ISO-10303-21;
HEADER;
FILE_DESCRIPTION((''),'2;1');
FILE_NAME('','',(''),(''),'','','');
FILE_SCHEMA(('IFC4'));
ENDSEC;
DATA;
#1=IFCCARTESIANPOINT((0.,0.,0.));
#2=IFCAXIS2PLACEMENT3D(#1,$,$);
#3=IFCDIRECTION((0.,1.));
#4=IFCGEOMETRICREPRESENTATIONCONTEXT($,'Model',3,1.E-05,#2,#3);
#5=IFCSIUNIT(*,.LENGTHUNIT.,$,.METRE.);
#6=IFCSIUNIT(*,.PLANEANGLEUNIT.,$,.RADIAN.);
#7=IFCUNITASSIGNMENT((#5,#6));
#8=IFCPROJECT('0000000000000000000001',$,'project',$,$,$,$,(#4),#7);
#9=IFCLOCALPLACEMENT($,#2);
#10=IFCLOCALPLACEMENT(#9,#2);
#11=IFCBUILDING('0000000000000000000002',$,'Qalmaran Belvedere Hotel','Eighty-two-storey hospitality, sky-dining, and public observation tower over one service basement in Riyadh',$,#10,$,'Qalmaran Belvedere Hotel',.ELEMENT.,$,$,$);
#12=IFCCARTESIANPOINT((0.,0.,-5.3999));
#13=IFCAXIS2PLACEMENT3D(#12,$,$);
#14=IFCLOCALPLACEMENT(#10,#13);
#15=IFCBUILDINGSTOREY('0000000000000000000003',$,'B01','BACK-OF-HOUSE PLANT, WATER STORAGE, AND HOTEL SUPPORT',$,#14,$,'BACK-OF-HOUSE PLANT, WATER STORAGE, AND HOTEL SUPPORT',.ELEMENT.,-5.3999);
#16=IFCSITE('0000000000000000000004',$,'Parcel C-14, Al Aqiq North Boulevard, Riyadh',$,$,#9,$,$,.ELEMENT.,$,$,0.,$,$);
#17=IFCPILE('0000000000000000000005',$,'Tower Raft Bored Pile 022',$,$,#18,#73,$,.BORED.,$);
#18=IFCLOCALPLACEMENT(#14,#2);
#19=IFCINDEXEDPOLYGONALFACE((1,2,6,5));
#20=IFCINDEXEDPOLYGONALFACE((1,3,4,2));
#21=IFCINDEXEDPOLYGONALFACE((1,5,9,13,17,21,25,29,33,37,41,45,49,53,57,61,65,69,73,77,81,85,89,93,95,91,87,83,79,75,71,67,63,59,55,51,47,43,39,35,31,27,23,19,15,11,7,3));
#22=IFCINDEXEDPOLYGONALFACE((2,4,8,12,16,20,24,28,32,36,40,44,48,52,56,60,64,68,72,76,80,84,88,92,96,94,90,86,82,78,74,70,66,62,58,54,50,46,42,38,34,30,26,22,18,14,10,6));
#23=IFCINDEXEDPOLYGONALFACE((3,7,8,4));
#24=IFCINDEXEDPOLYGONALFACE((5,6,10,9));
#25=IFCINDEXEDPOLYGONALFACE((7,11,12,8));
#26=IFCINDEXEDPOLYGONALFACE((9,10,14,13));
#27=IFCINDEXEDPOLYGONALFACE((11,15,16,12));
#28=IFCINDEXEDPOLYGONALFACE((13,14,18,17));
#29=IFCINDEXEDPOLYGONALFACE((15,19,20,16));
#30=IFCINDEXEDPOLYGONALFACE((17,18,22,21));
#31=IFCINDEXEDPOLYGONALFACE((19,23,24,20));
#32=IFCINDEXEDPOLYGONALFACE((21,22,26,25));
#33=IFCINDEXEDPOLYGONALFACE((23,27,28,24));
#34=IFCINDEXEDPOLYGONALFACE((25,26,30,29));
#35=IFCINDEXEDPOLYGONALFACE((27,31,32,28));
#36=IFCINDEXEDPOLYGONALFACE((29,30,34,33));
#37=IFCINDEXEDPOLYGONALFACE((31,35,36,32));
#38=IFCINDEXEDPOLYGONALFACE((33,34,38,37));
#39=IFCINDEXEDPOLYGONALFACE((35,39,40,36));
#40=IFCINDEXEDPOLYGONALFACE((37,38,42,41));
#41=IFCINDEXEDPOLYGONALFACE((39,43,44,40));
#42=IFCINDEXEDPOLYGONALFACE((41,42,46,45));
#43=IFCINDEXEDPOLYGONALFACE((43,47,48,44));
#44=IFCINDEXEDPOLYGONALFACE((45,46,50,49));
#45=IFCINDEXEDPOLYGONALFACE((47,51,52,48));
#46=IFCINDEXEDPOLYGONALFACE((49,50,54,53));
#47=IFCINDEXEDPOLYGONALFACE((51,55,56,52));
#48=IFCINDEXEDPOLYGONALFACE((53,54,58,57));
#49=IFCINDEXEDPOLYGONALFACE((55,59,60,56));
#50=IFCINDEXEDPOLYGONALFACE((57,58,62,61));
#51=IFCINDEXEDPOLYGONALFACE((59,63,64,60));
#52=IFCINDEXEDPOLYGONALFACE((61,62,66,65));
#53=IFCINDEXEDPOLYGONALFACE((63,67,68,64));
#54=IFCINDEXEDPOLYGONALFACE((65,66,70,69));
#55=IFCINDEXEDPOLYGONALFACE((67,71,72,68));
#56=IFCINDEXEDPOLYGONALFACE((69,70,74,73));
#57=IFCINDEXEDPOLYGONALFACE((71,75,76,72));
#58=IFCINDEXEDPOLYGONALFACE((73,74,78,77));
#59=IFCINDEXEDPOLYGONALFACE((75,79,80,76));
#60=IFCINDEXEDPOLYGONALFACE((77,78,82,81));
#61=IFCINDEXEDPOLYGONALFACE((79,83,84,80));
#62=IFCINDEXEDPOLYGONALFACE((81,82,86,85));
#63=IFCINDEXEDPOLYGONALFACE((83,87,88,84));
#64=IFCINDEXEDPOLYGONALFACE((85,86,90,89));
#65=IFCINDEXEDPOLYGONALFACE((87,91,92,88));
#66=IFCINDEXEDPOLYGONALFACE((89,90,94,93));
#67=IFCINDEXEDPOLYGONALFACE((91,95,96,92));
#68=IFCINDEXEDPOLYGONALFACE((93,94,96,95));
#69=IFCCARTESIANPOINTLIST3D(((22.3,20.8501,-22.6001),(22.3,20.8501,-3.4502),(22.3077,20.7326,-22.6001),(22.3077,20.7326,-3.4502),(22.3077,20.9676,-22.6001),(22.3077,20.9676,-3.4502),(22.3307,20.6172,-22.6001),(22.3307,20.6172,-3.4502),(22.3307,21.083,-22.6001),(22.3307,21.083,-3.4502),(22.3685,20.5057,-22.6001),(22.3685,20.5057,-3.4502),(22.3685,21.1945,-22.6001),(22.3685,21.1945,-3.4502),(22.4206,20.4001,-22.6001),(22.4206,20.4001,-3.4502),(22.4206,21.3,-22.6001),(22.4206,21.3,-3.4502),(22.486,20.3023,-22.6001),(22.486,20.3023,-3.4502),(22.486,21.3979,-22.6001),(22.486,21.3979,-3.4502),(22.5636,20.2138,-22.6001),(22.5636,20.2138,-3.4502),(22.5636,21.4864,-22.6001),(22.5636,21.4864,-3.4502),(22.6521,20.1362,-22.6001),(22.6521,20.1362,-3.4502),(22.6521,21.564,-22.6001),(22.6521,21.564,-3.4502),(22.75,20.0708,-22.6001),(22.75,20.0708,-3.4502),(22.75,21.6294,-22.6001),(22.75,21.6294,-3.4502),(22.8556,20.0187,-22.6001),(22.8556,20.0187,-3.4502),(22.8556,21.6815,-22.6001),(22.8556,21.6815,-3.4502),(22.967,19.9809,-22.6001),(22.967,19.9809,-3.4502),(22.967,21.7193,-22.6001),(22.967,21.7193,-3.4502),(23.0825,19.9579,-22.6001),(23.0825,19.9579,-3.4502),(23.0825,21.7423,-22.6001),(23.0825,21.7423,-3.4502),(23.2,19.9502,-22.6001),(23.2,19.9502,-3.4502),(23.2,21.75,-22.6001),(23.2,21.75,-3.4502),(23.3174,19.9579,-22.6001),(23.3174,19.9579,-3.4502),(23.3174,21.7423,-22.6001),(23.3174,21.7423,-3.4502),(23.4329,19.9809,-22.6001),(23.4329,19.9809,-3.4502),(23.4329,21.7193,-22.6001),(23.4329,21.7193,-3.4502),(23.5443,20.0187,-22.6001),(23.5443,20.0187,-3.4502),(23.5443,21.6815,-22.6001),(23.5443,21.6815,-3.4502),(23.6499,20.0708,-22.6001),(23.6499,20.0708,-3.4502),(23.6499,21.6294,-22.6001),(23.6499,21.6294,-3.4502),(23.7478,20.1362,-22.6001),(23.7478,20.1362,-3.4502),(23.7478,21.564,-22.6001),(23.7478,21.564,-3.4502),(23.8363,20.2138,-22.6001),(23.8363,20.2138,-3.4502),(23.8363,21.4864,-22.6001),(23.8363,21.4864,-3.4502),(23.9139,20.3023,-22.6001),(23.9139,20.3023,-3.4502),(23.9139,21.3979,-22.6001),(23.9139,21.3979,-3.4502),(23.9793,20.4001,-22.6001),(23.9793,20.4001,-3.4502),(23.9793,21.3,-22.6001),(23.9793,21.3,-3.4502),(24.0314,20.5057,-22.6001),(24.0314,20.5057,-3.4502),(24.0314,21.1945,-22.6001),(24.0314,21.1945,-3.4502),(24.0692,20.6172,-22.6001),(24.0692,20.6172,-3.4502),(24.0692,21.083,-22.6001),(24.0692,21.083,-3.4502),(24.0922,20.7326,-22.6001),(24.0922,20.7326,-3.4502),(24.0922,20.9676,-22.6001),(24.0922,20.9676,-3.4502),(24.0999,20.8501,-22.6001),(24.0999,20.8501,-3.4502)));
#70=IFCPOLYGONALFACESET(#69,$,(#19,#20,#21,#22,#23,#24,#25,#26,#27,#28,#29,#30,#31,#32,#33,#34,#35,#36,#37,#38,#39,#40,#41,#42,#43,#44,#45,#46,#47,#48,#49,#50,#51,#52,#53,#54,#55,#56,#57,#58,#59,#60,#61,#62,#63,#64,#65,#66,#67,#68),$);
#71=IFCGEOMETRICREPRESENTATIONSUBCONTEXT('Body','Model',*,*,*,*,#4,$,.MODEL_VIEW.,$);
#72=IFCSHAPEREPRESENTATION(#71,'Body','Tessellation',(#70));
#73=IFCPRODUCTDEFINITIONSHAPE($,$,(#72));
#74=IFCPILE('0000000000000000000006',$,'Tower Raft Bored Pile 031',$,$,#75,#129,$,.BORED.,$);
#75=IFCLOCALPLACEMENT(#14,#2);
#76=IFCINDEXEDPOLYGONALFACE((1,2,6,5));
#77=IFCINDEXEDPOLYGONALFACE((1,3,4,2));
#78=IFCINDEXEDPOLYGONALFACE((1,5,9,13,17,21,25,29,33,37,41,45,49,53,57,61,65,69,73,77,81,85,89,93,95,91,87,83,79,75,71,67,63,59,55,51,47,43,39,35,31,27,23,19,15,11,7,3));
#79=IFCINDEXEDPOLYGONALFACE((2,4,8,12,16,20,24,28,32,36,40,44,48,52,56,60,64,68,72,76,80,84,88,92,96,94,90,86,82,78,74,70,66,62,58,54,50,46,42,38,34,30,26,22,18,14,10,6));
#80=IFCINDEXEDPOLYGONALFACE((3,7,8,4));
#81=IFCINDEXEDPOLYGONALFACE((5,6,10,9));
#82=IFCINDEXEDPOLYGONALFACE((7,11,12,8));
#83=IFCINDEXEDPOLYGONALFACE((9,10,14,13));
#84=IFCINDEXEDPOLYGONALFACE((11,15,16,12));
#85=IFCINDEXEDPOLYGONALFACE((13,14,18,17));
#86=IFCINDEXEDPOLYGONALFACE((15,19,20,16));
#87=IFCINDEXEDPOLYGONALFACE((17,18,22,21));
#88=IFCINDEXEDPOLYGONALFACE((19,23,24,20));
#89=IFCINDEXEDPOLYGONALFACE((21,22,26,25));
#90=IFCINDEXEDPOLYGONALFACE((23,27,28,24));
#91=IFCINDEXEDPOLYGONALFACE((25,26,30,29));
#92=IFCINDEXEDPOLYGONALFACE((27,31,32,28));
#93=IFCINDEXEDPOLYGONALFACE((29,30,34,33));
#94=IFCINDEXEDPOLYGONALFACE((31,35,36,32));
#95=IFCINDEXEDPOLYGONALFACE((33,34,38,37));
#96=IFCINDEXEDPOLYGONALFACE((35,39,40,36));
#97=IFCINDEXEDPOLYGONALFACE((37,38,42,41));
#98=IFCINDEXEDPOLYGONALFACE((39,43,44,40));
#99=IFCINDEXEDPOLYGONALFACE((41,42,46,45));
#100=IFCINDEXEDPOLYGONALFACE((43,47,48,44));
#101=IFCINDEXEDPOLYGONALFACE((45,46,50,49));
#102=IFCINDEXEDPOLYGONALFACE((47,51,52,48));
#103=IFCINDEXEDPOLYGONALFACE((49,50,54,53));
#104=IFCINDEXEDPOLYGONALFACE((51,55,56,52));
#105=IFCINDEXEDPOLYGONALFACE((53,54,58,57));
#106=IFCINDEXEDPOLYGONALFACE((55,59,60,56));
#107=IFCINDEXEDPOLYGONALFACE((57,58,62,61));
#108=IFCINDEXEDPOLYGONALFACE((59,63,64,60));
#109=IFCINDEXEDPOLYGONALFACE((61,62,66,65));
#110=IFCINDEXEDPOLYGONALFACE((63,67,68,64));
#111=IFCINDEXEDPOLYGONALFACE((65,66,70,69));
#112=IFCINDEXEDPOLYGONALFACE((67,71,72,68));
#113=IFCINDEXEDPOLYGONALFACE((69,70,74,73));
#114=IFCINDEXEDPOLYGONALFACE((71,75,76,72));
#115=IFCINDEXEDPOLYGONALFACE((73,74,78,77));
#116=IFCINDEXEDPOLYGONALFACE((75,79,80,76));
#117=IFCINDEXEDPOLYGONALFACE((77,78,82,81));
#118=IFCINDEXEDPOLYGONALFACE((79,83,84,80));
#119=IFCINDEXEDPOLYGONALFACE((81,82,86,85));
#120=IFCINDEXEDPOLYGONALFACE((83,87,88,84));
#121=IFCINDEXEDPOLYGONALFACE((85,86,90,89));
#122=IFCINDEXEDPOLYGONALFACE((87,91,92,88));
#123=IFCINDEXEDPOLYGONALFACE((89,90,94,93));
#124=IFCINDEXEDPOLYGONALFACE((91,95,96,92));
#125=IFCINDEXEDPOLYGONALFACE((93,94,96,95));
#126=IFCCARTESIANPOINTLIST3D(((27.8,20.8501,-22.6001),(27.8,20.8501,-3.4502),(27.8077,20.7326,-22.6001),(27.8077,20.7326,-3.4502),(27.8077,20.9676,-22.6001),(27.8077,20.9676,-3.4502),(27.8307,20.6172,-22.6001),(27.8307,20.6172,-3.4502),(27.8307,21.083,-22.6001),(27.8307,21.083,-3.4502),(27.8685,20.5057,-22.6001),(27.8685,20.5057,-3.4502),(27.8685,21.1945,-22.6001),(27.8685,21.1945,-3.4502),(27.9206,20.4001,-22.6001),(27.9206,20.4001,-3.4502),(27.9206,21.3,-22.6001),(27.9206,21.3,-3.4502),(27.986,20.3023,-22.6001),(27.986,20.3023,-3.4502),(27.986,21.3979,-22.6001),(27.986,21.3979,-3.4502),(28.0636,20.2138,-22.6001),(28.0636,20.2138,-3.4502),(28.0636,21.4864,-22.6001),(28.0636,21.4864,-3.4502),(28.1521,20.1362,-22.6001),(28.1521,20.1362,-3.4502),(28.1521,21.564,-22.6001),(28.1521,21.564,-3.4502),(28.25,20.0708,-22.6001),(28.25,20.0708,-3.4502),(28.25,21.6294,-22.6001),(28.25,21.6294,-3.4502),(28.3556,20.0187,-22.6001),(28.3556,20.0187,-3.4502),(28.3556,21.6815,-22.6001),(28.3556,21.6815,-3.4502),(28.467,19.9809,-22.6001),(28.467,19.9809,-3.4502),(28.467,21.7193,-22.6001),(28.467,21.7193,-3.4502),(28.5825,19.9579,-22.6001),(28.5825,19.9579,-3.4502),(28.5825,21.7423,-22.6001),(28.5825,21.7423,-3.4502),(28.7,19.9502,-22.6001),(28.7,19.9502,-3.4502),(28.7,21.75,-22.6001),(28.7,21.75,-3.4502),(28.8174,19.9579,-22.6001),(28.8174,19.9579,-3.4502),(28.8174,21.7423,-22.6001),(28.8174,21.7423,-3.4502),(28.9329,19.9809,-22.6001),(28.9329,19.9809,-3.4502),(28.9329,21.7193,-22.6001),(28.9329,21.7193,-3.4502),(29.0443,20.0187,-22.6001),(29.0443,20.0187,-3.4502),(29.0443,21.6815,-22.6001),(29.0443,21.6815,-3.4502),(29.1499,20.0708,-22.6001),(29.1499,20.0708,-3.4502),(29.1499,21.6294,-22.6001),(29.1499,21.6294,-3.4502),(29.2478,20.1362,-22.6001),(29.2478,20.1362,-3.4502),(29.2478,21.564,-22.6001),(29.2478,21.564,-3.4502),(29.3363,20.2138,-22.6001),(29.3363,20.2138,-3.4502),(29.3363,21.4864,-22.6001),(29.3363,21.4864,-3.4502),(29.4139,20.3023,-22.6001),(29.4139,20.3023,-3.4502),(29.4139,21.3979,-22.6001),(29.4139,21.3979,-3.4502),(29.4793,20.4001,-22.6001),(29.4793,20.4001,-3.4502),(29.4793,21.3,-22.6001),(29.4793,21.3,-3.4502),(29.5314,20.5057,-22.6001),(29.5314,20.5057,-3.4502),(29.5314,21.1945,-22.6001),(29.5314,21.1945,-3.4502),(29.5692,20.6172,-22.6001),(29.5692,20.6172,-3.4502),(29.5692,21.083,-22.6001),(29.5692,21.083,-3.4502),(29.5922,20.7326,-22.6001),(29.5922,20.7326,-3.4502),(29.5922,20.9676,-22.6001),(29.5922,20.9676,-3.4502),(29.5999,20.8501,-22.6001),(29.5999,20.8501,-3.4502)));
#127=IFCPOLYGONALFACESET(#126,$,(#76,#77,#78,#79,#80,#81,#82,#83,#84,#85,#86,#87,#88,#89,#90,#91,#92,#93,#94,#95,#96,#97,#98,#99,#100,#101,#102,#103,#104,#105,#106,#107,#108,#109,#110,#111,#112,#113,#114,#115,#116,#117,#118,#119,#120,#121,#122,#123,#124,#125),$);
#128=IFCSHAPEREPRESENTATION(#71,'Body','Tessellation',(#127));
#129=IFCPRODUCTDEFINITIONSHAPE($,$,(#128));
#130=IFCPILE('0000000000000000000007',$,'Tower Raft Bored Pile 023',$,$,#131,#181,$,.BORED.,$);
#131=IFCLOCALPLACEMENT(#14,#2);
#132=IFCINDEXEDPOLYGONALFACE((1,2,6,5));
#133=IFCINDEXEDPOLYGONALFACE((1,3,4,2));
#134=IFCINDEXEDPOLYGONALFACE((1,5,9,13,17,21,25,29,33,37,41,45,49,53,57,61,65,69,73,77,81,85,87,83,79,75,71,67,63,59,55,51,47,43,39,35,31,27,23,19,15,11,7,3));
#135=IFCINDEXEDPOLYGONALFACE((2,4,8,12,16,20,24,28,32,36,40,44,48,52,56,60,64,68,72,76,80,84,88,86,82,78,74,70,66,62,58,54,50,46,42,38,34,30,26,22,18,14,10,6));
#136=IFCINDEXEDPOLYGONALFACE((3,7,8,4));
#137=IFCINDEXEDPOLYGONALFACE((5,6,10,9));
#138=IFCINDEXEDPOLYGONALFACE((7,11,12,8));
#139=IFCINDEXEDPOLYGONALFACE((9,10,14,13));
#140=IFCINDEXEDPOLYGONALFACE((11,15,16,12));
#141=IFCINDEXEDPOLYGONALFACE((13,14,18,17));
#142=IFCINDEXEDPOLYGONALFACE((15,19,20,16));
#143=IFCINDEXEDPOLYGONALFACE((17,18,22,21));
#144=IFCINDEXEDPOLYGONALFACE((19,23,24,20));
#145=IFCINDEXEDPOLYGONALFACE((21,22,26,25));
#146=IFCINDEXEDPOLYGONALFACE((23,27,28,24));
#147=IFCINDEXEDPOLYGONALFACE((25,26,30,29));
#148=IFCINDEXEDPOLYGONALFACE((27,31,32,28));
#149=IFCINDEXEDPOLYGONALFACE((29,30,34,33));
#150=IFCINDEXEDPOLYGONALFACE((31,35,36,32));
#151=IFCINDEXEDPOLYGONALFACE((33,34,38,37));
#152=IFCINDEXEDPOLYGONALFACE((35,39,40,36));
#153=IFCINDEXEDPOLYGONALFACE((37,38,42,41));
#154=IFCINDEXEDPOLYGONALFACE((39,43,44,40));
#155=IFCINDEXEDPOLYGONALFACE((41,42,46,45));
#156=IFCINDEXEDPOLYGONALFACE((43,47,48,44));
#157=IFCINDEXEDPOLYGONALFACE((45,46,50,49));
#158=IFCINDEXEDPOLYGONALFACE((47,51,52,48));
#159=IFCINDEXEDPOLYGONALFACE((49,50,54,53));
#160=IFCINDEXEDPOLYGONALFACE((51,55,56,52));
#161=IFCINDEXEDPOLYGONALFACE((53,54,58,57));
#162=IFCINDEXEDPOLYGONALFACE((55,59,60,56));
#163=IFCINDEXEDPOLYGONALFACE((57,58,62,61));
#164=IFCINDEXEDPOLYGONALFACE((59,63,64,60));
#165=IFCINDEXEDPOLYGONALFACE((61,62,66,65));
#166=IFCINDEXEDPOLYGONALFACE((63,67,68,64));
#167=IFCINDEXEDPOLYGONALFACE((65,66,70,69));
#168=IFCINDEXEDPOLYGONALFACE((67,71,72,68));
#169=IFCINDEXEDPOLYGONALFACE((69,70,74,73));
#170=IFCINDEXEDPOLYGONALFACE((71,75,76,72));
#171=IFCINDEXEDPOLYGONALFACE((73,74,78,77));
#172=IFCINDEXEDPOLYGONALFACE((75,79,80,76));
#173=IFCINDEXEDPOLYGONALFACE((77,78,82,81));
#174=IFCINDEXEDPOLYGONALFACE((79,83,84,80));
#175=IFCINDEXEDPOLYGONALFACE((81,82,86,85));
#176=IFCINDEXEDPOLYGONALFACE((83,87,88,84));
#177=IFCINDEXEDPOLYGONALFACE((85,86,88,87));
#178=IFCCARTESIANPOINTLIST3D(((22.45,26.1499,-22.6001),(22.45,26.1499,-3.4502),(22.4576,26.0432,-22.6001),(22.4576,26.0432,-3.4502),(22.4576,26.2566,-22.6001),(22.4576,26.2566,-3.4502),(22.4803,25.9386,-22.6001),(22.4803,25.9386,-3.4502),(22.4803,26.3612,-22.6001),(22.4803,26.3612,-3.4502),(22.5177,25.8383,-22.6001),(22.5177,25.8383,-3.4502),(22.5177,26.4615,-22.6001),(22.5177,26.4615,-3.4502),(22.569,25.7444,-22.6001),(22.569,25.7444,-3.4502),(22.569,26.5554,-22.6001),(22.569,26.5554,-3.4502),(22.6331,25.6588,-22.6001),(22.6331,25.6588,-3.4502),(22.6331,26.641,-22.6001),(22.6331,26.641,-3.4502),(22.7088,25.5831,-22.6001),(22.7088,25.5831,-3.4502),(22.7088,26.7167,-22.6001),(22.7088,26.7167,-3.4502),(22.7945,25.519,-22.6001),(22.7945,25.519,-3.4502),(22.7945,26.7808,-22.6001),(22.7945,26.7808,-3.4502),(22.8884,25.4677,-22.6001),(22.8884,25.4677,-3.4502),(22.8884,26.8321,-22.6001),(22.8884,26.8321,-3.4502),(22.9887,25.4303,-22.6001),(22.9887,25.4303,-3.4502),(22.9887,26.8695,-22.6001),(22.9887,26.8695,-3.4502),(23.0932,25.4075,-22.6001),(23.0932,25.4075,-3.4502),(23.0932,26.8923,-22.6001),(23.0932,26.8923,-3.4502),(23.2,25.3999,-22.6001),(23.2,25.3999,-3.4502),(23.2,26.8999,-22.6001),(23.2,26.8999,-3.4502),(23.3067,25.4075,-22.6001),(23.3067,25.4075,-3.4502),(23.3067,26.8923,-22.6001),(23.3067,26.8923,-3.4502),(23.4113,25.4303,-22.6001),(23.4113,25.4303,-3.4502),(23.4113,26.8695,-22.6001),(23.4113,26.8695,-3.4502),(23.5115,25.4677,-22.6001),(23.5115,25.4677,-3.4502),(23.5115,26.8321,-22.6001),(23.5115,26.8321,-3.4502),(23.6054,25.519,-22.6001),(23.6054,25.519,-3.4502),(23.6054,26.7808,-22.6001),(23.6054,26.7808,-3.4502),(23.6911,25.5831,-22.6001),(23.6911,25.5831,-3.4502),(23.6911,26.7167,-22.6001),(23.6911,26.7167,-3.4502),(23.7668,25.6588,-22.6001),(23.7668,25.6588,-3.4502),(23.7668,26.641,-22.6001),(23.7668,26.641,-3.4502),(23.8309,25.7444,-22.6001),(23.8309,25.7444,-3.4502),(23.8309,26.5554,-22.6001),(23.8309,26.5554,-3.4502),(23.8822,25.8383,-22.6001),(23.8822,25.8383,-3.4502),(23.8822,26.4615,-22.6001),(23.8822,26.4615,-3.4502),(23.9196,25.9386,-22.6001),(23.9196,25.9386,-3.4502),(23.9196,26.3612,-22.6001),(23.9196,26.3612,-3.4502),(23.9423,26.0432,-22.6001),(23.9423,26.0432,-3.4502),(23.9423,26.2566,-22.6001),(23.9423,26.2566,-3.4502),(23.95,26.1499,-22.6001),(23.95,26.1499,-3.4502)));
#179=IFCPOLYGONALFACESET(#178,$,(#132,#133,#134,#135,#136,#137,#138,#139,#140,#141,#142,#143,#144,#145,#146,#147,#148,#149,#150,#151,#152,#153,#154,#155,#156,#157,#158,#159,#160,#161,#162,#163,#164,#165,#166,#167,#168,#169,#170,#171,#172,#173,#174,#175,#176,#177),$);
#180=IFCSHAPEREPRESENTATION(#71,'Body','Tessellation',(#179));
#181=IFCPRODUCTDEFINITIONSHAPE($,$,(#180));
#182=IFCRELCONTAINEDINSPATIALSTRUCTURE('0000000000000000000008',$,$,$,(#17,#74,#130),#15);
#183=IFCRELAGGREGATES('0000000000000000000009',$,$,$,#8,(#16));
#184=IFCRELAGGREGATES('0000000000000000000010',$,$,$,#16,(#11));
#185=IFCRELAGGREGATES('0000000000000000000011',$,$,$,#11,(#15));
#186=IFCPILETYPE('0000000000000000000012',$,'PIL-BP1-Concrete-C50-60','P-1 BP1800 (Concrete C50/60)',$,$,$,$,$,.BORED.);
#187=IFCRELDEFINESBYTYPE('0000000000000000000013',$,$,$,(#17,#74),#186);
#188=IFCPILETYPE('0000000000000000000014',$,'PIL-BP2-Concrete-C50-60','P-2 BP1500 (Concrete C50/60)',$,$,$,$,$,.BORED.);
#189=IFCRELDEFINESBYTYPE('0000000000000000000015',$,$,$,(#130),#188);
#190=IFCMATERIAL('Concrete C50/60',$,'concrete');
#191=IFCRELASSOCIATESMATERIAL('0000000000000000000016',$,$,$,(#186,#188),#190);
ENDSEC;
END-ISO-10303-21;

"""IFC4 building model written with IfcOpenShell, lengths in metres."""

from ifc_helpers import new_model, si_unit, direction, frame, origin, origin_2d, place, context, subcontext, project, spatial, circle, extrude, material, material_profile, profile_set, type_object, element, save


model = new_model("IFC4")

# Units and contexts
model_context = context("Model", 3, precision=1e-05, world=origin(), true_north=direction((0.0, 1.0)))
body_context = subcontext(model_context, "Body", "Model", "MODEL_VIEW")
ifc_project = project(units=[si_unit("LENGTHUNIT", "METRE"), si_unit("PLANEANGLEUNIT", "RADIAN")], contexts=[model_context])

# Site, building, storey
site_placement = place(None, origin())
site = spatial("IfcSite", under=ifc_project, at=site_placement, Name="Parcel C-14, Al Aqiq North Boulevard, Riyadh", CompositionType="ELEMENT", RefElevation=0.0)
building_placement = place(site_placement, origin())
building = spatial("IfcBuilding", under=site, at=building_placement, Name="Qalmaran Belvedere Hotel", Description="Eighty-two-storey hospitality, sky-dining, and public observation tower over one service basement in Riyadh", LongName="Qalmaran Belvedere Hotel", CompositionType="ELEMENT")
storey_placement = place(building_placement, frame((0.0, 0.0, -5.3999)))
storey = spatial("IfcBuildingStorey", under=building, at=storey_placement, Name="B01", Description="BACK-OF-HOUSE PLANT, WATER STORAGE, AND HOTEL SUPPORT", LongName="BACK-OF-HOUSE PLANT, WATER STORAGE, AND HOTEL SUPPORT", CompositionType="ELEMENT", Elevation=-5.3999)

# Piles
ifc_material_1 = material(Name="Concrete C50/60", Category="concrete")
ifc_material_profile_1 = material_profile(ifc_material_1, circle(Radius=0.8999, at=origin_2d()), Name="BP1800")
ifc_profile_set_1 = profile_set([ifc_material_profile_1], Name="Concrete C50/60")
pile_type_1 = type_object("IfcPileType", Name="PIL-BP1-Concrete-C50-60", Description="P-1 BP1800 (Concrete C50/60)", PredefinedType="BORED", material=ifc_profile_set_1)
for number, where, z_axis, x_axis, name in (
    (1, (23.2, 20.8501, -3.4502), (0.0, 0.0, -1.0), (1.0, 0.0, 0.0), "Tower Raft Bored Pile 022"),
    (2, (28.7, 20.8501, -3.4502), (0.0, 0.0, -1.0), (1.0, 0.0, 0.0), "Tower Raft Bored Pile 031"),
):
    element("IfcPile", number, at=place(storey_placement, frame(where, z_axis=z_axis, x_axis=x_axis)), inside=storey, type_object=pile_type_1, Name=name, PredefinedType="BORED", context=body_context, shape_type="SweptSolid", body=[
        extrude(circle(Radius=0.8999, at=origin_2d()), origin(), (0.0, 0.0, 1.0), 19.1499),
    ])
ifc_material_profile_2 = material_profile(ifc_material_1, circle(Radius=0.75, at=origin_2d()), Name="BP1500")
ifc_profile_set_2 = profile_set([ifc_material_profile_2], Name="Concrete C50/60")
pile_type_2 = type_object("IfcPileType", Name="PIL-BP2-Concrete-C50-60", Description="P-2 BP1500 (Concrete C50/60)", PredefinedType="BORED", material=ifc_profile_set_2)
for number, where, z_axis, x_axis, name in (
    (3, (23.2, 26.1499, -3.4502), (0.0, 0.0, -1.0), (1.0, 0.0, 0.0), "Tower Raft Bored Pile 023"),
):
    element("IfcPile", number, at=place(storey_placement, frame(where, z_axis=z_axis, x_axis=x_axis)), inside=storey, type_object=pile_type_2, Name=name, PredefinedType="BORED", context=body_context, shape_type="SweptSolid", body=[
        extrude(circle(Radius=0.75, at=origin_2d()), origin(), (0.0, 0.0, 1.0), 19.1499),
    ])

save(model, "model.ifc")
